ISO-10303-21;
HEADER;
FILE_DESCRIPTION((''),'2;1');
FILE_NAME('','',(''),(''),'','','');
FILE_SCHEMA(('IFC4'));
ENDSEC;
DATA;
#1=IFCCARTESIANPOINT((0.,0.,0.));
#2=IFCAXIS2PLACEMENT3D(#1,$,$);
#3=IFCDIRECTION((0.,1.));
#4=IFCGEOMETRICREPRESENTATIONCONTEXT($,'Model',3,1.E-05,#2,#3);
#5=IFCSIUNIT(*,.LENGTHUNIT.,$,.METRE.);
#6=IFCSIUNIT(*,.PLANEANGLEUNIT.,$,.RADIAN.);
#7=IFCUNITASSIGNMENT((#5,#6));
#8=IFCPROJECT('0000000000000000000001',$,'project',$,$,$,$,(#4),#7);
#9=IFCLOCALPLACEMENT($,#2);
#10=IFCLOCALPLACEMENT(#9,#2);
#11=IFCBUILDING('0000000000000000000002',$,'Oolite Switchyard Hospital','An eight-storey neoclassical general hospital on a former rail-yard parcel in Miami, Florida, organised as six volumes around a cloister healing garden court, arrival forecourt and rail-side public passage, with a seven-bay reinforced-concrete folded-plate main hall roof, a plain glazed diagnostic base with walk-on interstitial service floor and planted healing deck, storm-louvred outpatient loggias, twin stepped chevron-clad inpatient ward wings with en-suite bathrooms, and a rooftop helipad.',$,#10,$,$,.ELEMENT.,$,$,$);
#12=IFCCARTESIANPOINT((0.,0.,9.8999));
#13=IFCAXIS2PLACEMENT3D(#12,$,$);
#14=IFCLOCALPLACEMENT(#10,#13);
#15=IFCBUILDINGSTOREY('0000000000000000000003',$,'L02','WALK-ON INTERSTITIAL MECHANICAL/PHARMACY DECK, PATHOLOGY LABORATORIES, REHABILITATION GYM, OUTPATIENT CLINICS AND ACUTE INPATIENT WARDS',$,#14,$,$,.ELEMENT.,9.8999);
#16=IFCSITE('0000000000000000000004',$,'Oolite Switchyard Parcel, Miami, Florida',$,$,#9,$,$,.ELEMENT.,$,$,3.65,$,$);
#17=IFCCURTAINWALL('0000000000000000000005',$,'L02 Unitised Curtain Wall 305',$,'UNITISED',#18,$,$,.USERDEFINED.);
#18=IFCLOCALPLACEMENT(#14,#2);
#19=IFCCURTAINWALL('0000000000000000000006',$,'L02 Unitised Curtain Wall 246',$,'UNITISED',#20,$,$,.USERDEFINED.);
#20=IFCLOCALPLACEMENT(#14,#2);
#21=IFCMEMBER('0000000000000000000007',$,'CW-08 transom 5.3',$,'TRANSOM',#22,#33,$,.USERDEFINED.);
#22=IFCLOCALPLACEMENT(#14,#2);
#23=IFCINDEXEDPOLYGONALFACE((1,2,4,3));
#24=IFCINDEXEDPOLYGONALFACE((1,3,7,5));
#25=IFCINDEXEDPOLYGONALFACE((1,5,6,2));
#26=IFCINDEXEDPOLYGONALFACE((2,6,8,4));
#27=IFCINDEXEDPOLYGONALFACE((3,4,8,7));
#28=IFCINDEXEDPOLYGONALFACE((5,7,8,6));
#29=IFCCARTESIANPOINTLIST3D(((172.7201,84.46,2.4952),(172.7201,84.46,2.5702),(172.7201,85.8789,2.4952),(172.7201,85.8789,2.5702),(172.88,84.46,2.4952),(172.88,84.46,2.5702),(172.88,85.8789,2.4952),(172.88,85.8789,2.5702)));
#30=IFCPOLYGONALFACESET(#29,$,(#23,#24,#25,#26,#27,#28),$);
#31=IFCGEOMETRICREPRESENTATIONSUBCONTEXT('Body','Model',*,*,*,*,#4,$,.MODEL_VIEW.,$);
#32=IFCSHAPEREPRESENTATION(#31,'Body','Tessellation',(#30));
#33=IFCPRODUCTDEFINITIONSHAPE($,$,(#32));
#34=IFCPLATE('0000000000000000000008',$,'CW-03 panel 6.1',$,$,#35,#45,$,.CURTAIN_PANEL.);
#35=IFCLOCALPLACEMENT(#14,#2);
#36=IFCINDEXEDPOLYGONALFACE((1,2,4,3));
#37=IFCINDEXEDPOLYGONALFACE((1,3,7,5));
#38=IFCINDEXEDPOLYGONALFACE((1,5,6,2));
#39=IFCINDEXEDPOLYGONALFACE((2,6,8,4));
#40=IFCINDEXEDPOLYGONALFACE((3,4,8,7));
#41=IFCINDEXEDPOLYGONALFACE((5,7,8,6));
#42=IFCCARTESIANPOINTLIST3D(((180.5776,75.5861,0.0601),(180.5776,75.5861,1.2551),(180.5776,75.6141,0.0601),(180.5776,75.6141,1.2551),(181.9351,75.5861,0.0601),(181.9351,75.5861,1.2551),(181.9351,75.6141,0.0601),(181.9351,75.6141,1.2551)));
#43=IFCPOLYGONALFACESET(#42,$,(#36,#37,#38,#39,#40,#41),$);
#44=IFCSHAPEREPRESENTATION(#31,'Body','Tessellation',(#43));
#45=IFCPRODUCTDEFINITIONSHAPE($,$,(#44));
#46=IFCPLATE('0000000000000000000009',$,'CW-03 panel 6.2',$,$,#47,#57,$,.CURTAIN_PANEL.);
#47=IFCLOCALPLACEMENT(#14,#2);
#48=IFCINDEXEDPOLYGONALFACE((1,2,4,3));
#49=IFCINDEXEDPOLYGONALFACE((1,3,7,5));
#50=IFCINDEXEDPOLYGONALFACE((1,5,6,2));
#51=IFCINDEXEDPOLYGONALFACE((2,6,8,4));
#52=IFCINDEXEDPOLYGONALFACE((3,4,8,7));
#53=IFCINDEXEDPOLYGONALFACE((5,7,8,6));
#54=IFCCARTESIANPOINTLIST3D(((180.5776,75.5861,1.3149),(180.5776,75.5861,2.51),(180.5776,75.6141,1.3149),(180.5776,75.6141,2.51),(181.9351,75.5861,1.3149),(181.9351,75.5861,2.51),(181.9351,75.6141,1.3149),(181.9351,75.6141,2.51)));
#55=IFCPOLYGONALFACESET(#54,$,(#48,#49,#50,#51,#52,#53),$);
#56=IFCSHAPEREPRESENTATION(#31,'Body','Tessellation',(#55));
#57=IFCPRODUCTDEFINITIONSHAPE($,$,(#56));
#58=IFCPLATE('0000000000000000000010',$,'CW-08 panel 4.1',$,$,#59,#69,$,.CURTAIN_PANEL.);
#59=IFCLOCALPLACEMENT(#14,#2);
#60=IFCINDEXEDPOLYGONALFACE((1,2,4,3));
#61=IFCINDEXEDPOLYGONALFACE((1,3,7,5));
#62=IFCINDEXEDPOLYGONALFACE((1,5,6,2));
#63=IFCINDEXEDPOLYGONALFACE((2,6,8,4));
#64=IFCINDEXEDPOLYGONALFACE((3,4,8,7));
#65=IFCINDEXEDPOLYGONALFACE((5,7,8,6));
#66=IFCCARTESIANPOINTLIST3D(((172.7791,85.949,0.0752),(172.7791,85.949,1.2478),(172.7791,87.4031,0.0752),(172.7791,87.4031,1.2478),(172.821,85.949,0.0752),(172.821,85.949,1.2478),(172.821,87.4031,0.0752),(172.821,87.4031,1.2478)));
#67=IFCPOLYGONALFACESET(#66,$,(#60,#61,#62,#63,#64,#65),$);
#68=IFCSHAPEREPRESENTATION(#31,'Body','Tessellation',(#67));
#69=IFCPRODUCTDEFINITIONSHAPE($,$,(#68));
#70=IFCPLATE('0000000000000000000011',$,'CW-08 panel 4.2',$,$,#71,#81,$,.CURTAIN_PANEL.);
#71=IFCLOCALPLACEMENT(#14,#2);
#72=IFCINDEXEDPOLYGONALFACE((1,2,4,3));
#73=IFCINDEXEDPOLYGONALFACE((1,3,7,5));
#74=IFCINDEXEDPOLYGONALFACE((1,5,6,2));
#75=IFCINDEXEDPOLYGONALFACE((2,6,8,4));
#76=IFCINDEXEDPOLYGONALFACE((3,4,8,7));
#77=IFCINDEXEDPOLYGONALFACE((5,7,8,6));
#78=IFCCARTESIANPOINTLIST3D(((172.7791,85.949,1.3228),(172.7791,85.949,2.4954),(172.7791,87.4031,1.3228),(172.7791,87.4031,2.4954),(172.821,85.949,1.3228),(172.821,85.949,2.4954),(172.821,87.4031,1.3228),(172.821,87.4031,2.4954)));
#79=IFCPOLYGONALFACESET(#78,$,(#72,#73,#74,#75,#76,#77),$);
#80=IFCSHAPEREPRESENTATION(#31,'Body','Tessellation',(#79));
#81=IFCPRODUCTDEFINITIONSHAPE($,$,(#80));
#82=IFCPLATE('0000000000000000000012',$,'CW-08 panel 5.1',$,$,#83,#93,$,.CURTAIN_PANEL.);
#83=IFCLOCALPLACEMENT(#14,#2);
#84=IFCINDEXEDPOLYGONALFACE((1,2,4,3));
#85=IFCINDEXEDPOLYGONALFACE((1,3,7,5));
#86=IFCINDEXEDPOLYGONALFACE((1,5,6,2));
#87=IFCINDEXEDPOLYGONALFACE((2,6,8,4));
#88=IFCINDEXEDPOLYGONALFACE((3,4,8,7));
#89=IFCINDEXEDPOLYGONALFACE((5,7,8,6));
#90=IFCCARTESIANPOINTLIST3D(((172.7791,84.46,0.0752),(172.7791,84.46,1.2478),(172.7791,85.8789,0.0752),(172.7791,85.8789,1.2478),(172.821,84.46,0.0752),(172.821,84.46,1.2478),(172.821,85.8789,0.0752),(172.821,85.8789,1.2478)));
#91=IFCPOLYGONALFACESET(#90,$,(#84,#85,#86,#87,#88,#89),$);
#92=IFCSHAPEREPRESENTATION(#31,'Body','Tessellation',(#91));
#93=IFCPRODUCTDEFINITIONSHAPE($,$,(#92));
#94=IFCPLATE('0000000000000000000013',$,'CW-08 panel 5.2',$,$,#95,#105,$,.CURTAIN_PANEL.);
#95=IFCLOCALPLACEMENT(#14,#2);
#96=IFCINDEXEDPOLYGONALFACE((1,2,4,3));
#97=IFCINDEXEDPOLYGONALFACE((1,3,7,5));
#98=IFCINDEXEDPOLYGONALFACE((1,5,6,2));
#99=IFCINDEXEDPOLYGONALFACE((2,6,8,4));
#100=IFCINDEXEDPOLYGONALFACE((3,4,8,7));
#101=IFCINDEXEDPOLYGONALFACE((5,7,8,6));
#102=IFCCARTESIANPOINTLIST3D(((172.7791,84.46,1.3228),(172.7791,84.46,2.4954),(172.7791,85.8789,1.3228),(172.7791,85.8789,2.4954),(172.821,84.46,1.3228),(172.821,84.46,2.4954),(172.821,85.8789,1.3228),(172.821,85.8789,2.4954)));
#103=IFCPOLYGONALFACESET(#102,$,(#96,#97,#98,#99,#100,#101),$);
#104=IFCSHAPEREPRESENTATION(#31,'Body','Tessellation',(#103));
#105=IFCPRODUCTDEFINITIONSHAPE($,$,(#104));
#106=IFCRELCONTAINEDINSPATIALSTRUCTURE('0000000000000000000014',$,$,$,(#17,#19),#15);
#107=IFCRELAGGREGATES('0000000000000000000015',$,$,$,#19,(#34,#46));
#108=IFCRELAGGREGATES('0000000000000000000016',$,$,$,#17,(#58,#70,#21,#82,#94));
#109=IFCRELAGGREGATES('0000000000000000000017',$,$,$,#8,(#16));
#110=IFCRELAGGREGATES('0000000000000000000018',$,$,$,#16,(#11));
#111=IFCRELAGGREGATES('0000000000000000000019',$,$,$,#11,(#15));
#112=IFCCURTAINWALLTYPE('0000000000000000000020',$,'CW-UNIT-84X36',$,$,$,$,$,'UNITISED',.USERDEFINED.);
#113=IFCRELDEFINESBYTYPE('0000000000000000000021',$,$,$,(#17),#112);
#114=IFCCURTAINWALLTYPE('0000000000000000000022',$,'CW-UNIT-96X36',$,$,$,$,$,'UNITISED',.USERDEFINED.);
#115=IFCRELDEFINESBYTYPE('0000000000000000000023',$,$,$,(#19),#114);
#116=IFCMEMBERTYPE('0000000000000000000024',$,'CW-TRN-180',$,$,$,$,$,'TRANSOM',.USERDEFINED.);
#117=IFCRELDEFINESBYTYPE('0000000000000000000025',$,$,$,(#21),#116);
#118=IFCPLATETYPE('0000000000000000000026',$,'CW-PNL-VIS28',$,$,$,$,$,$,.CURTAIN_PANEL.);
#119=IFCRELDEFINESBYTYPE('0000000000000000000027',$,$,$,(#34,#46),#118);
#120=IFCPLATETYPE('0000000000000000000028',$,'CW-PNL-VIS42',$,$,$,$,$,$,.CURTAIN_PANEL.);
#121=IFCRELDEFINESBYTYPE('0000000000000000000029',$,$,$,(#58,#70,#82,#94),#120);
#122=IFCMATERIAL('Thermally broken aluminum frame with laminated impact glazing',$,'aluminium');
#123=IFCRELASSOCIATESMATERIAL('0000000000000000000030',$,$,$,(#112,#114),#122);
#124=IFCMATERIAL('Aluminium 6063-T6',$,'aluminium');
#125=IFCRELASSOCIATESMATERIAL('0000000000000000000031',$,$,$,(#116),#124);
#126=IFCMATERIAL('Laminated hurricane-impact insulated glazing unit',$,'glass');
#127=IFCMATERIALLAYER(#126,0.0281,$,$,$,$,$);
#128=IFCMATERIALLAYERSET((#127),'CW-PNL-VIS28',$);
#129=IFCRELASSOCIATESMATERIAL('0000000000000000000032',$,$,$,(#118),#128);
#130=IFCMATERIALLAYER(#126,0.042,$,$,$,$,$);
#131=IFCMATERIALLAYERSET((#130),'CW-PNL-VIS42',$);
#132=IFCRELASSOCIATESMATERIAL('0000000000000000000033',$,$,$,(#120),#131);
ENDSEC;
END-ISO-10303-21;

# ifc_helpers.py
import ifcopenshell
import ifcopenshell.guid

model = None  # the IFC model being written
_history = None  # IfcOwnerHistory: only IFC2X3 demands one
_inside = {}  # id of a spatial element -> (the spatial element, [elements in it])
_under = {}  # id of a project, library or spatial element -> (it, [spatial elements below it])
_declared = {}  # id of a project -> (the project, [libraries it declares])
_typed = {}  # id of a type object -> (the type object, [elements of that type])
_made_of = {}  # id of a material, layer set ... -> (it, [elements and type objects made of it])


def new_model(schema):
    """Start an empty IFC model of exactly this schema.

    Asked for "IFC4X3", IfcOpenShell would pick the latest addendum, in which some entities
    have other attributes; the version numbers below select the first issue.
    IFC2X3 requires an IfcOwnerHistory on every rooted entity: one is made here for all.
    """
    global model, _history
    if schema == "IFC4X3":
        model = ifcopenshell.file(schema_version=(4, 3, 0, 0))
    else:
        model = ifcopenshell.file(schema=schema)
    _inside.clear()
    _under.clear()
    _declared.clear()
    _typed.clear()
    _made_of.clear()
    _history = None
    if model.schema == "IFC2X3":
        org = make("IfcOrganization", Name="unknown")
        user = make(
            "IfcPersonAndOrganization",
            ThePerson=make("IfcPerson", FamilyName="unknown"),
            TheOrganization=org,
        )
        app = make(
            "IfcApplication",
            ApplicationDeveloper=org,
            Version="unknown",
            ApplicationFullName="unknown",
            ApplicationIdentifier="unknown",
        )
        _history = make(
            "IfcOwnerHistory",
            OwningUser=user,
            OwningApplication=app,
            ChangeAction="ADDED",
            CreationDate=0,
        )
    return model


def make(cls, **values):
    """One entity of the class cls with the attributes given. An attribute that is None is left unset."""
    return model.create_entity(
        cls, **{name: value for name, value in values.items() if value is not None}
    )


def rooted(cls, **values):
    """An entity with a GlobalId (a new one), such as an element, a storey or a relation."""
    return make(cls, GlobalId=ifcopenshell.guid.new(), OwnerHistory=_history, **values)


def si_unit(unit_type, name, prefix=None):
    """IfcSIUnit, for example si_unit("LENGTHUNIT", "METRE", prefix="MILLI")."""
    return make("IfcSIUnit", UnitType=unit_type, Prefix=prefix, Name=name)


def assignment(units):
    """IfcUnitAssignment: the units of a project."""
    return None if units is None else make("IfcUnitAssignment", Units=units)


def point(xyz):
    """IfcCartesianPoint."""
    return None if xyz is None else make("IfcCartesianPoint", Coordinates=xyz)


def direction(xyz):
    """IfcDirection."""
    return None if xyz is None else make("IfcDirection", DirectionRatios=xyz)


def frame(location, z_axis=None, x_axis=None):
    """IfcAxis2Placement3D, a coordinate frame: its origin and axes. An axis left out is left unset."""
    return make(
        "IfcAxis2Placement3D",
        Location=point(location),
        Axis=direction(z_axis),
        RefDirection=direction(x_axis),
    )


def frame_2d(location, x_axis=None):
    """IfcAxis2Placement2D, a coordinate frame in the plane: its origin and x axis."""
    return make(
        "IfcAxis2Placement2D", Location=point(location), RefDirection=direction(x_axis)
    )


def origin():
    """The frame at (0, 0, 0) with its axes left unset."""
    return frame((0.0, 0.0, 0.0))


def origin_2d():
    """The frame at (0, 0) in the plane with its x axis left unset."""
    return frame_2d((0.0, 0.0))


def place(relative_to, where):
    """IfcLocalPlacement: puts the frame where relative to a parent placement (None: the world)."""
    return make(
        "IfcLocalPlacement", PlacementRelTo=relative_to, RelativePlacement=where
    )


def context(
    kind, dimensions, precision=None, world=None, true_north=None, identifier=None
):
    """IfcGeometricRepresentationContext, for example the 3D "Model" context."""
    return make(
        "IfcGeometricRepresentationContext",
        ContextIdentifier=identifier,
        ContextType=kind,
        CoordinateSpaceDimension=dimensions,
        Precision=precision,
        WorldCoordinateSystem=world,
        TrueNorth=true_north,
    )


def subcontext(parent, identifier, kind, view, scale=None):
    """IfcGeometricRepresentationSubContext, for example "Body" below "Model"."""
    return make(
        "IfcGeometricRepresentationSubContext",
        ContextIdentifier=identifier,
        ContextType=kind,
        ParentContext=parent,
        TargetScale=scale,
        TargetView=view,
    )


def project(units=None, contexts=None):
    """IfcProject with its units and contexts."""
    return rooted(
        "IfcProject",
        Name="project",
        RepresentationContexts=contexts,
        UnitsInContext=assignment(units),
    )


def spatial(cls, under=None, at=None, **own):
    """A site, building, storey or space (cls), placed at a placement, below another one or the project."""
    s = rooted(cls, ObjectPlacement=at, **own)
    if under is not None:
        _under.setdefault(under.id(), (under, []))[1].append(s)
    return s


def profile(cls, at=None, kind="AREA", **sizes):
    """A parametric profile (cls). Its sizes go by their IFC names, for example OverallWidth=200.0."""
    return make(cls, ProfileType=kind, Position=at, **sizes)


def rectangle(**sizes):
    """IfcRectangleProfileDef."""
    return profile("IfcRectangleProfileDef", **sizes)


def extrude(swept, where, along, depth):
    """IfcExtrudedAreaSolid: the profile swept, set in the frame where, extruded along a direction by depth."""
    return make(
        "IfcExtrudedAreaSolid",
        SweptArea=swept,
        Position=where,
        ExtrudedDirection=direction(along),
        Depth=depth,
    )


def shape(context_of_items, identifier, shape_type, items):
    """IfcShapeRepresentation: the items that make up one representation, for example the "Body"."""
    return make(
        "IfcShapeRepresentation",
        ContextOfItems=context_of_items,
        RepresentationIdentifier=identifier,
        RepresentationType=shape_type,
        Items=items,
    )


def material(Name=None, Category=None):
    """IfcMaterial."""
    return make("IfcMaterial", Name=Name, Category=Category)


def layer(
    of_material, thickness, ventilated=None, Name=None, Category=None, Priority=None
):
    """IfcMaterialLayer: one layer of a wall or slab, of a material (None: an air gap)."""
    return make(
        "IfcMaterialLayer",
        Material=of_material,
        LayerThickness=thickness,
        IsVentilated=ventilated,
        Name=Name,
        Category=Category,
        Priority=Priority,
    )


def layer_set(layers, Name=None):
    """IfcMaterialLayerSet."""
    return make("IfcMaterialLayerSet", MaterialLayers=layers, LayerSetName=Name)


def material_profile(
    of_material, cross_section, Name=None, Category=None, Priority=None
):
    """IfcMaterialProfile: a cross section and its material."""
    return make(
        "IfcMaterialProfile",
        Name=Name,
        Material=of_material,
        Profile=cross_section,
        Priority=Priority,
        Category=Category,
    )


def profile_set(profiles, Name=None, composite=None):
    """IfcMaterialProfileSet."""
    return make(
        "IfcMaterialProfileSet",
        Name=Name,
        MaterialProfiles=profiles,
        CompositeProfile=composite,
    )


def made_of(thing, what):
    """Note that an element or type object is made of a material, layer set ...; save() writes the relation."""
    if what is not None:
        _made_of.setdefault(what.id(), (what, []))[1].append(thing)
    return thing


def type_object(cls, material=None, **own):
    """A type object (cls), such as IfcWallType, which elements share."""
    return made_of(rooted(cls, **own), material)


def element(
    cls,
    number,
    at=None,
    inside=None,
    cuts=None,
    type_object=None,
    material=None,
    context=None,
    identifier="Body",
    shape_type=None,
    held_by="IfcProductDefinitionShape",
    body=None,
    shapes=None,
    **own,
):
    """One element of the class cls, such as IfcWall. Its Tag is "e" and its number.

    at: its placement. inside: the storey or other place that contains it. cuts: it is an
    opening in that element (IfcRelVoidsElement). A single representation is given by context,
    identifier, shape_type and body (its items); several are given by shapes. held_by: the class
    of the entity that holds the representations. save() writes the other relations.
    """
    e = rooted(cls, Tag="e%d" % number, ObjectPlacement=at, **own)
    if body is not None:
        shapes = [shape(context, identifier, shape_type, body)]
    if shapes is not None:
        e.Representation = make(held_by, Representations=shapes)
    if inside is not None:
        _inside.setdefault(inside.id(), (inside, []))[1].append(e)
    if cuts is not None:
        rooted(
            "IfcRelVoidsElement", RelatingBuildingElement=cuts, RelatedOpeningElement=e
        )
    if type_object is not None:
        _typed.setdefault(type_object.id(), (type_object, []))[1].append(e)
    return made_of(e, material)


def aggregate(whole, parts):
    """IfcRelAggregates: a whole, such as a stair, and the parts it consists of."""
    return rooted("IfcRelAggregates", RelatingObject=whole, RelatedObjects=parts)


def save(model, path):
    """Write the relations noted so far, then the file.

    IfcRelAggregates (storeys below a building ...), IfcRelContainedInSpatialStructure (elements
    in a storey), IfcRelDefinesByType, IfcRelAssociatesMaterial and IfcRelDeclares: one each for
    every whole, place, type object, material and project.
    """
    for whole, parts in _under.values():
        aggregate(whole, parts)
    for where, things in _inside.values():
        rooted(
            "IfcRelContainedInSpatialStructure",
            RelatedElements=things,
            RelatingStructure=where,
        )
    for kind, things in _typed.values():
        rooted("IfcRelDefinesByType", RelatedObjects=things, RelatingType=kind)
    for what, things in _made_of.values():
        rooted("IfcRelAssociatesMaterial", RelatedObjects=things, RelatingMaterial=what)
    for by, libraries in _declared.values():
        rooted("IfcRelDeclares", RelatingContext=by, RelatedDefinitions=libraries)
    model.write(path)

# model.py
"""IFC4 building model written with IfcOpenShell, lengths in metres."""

from ifc_helpers import new_model, si_unit, direction, frame, origin, origin_2d, place, context, subcontext, project, spatial, rectangle, extrude, material, layer, layer_set, material_profile, profile_set, type_object, element, aggregate, save


model = new_model("IFC4")

# Units and contexts
model_context = context("Model", 3, precision=1e-05, world=origin(), true_north=direction((0.0, 1.0)))
body_context = subcontext(model_context, "Body", "Model", "MODEL_VIEW")
ifc_project = project(units=[si_unit("LENGTHUNIT", "METRE"), si_unit("PLANEANGLEUNIT", "RADIAN")], contexts=[model_context])

# Site, building, storey
site_placement = place(None, origin())
site = spatial("IfcSite", under=ifc_project, at=site_placement, Name="Oolite Switchyard Parcel, Miami, Florida", CompositionType="ELEMENT", RefElevation=3.65)
building_placement = place(site_placement, origin())
building = spatial("IfcBuilding", under=site, at=building_placement, Name="Oolite Switchyard Hospital", Description="An eight-storey neoclassical general hospital on a former rail-yard parcel in Miami, Florida, organised as six volumes around a cloister healing garden court, arrival forecourt and rail-side public passage, with a seven-bay reinforced-concrete folded-plate main hall roof, a plain glazed diagnostic base with walk-on interstitial service floor and planted healing deck, storm-louvred outpatient loggias, twin stepped chevron-clad inpatient ward wings with en-suite bathrooms, and a rooftop helipad.", CompositionType="ELEMENT")
storey_placement = place(building_placement, frame((0.0, 0.0, 9.8999)))
storey = spatial("IfcBuildingStorey", under=building, at=storey_placement, Name="L02", Description="WALK-ON INTERSTITIAL MECHANICAL/PHARMACY DECK, PATHOLOGY LABORATORIES, REHABILITATION GYM, OUTPATIENT CLINICS AND ACUTE INPATIENT WARDS", CompositionType="ELEMENT", Elevation=9.8999)

# Curtain wall
ifc_material_1 = material(Name="Thermally broken aluminum frame with laminated impact glazing", Category="aluminium")
curtain_wall_type_1 = type_object("IfcCurtainWallType", Name="CW-UNIT-84X36", ElementType="UNITISED", PredefinedType="USERDEFINED", material=ifc_material_1)
curtain_wall_1_placement = place(storey_placement, origin())
curtain_wall_1 = element("IfcCurtainWall", 1, at=curtain_wall_1_placement, inside=storey, type_object=curtain_wall_type_1, Name="L02 Unitised Curtain Wall 305", ObjectType="UNITISED", PredefinedType="USERDEFINED")
ifc_material_2 = material(Name="Aluminium 6063-T6", Category="aluminium")

# Curtain wall
curtain_wall_type_2 = type_object("IfcCurtainWallType", Name="CW-UNIT-96X36", ElementType="UNITISED", PredefinedType="USERDEFINED", material=ifc_material_1)
curtain_wall_2_placement = place(storey_placement, origin())
curtain_wall_2 = element("IfcCurtainWall", 2, at=curtain_wall_2_placement, inside=storey, type_object=curtain_wall_type_2, Name="L02 Unitised Curtain Wall 246", ObjectType="UNITISED", PredefinedType="USERDEFINED")

# Member
ifc_material_profile_1 = material_profile(ifc_material_2, rectangle(XDim=0.1599, YDim=0.075, at=origin_2d()), Name="CWT75X160")
ifc_profile_set_1 = profile_set([ifc_material_profile_1], Name="Aluminium 6063-T6")
member_type_1 = type_object("IfcMemberType", Name="CW-TRN-180", ElementType="TRANSOM", PredefinedType="USERDEFINED", material=ifc_profile_set_1)
member_1_placement = place(storey_placement, frame((172.8, 85.8789, 2.5327), z_axis=(0.0, -1.0, 0.0), x_axis=(1.0, 0.0, 0.0)))
member_1 = element("IfcMember", 3, at=member_1_placement, type_object=member_type_1, Name="CW-08 transom 5.3", ObjectType="TRANSOM", PredefinedType="USERDEFINED", context=body_context, shape_type="SweptSolid", body=[
    extrude(rectangle(XDim=0.1599, YDim=0.075, at=origin_2d()), origin(), (0.0, 0.0, 1.0), 1.4189),
])

# Plates
ifc_material_3 = material(Name="Laminated hurricane-impact insulated glazing unit", Category="glass")
ifc_layer_1 = layer(ifc_material_3, 0.0281)
ifc_layer_set_1 = layer_set([ifc_layer_1], Name="CW-PNL-VIS28")
plate_type_1 = type_object("IfcPlateType", Name="CW-PNL-VIS28", PredefinedType="CURTAIN_PANEL", material=ifc_layer_set_1)
plate_1_placement = place(storey_placement, frame((181.2563, 75.6001, 0.0601), z_axis=(0.0, 0.0, 1.0), x_axis=(1.0, 0.0, 0.0)))
plate_1 = element("IfcPlate", 4, at=plate_1_placement, type_object=plate_type_1, Name="CW-03 panel 6.1", PredefinedType="CURTAIN_PANEL", context=body_context, shape_type="SweptSolid", body=[
    extrude(rectangle(XDim=1.3574, YDim=0.0281, at=origin_2d()), origin(), (0.0, 0.0, 1.0), 1.1951),
])
plate_2_placement = place(storey_placement, frame((181.2563, 75.6001, 1.3149), z_axis=(0.0, 0.0, 1.0), x_axis=(1.0, 0.0, 0.0)))
plate_2 = element("IfcPlate", 5, at=plate_2_placement, type_object=plate_type_1, Name="CW-03 panel 6.2", PredefinedType="CURTAIN_PANEL", context=body_context, shape_type="SweptSolid", body=[
    extrude(rectangle(XDim=1.3574, YDim=0.0281, at=origin_2d()), origin(), (0.0, 0.0, 1.0), 1.1951),
])
aggregate(curtain_wall_2, [plate_1, plate_2])
ifc_layer_2 = layer(ifc_material_3, 0.042)
ifc_layer_set_2 = layer_set([ifc_layer_2], Name="CW-PNL-VIS42")
plate_type_2 = type_object("IfcPlateType", Name="CW-PNL-VIS42", PredefinedType="CURTAIN_PANEL", material=ifc_layer_set_2)
plate_3_placement = place(storey_placement, frame((172.8, 86.676, 0.0752), z_axis=(0.0, 0.0, 1.0), x_axis=(0.0, -1.0, 0.0)))
plate_3 = element("IfcPlate", 6, at=plate_3_placement, type_object=plate_type_2, Name="CW-08 panel 4.1", PredefinedType="CURTAIN_PANEL", context=body_context, shape_type="SweptSolid", body=[
    extrude(rectangle(XDim=1.4541, YDim=0.042, at=origin_2d()), origin(), (0.0, 0.0, 1.0), 1.1726),
])
plate_4_placement = place(storey_placement, frame((172.8, 86.676, 1.3228), z_axis=(0.0, 0.0, 1.0), x_axis=(0.0, -1.0, 0.0)))
plate_4 = element("IfcPlate", 7, at=plate_4_placement, type_object=plate_type_2, Name="CW-08 panel 4.2", PredefinedType="CURTAIN_PANEL", context=body_context, shape_type="SweptSolid", body=[
    extrude(rectangle(XDim=1.4541, YDim=0.042, at=origin_2d()), origin(), (0.0, 0.0, 1.0), 1.1726),
])
plate_5_placement = place(storey_placement, frame((172.8, 85.1694, 0.0752), z_axis=(0.0, 0.0, 1.0), x_axis=(0.0, -1.0, 0.0)))
plate_5 = element("IfcPlate", 8, at=plate_5_placement, type_object=plate_type_2, Name="CW-08 panel 5.1", PredefinedType="CURTAIN_PANEL", context=body_context, shape_type="SweptSolid", body=[
    extrude(rectangle(XDim=1.4189, YDim=0.042, at=origin_2d()), origin(), (0.0, 0.0, 1.0), 1.1726),
])
plate_6_placement = place(storey_placement, frame((172.8, 85.1694, 1.3228), z_axis=(0.0, 0.0, 1.0), x_axis=(0.0, -1.0, 0.0)))
plate_6 = element("IfcPlate", 9, at=plate_6_placement, type_object=plate_type_2, Name="CW-08 panel 5.2", PredefinedType="CURTAIN_PANEL", context=body_context, shape_type="SweptSolid", body=[
    extrude(rectangle(XDim=1.4189, YDim=0.042, at=origin_2d()), origin(), (0.0, 0.0, 1.0), 1.1726),
])
aggregate(curtain_wall_1, [plate_3, plate_4, member_1, plate_5, plate_6])

save(model, "model.ifc")
